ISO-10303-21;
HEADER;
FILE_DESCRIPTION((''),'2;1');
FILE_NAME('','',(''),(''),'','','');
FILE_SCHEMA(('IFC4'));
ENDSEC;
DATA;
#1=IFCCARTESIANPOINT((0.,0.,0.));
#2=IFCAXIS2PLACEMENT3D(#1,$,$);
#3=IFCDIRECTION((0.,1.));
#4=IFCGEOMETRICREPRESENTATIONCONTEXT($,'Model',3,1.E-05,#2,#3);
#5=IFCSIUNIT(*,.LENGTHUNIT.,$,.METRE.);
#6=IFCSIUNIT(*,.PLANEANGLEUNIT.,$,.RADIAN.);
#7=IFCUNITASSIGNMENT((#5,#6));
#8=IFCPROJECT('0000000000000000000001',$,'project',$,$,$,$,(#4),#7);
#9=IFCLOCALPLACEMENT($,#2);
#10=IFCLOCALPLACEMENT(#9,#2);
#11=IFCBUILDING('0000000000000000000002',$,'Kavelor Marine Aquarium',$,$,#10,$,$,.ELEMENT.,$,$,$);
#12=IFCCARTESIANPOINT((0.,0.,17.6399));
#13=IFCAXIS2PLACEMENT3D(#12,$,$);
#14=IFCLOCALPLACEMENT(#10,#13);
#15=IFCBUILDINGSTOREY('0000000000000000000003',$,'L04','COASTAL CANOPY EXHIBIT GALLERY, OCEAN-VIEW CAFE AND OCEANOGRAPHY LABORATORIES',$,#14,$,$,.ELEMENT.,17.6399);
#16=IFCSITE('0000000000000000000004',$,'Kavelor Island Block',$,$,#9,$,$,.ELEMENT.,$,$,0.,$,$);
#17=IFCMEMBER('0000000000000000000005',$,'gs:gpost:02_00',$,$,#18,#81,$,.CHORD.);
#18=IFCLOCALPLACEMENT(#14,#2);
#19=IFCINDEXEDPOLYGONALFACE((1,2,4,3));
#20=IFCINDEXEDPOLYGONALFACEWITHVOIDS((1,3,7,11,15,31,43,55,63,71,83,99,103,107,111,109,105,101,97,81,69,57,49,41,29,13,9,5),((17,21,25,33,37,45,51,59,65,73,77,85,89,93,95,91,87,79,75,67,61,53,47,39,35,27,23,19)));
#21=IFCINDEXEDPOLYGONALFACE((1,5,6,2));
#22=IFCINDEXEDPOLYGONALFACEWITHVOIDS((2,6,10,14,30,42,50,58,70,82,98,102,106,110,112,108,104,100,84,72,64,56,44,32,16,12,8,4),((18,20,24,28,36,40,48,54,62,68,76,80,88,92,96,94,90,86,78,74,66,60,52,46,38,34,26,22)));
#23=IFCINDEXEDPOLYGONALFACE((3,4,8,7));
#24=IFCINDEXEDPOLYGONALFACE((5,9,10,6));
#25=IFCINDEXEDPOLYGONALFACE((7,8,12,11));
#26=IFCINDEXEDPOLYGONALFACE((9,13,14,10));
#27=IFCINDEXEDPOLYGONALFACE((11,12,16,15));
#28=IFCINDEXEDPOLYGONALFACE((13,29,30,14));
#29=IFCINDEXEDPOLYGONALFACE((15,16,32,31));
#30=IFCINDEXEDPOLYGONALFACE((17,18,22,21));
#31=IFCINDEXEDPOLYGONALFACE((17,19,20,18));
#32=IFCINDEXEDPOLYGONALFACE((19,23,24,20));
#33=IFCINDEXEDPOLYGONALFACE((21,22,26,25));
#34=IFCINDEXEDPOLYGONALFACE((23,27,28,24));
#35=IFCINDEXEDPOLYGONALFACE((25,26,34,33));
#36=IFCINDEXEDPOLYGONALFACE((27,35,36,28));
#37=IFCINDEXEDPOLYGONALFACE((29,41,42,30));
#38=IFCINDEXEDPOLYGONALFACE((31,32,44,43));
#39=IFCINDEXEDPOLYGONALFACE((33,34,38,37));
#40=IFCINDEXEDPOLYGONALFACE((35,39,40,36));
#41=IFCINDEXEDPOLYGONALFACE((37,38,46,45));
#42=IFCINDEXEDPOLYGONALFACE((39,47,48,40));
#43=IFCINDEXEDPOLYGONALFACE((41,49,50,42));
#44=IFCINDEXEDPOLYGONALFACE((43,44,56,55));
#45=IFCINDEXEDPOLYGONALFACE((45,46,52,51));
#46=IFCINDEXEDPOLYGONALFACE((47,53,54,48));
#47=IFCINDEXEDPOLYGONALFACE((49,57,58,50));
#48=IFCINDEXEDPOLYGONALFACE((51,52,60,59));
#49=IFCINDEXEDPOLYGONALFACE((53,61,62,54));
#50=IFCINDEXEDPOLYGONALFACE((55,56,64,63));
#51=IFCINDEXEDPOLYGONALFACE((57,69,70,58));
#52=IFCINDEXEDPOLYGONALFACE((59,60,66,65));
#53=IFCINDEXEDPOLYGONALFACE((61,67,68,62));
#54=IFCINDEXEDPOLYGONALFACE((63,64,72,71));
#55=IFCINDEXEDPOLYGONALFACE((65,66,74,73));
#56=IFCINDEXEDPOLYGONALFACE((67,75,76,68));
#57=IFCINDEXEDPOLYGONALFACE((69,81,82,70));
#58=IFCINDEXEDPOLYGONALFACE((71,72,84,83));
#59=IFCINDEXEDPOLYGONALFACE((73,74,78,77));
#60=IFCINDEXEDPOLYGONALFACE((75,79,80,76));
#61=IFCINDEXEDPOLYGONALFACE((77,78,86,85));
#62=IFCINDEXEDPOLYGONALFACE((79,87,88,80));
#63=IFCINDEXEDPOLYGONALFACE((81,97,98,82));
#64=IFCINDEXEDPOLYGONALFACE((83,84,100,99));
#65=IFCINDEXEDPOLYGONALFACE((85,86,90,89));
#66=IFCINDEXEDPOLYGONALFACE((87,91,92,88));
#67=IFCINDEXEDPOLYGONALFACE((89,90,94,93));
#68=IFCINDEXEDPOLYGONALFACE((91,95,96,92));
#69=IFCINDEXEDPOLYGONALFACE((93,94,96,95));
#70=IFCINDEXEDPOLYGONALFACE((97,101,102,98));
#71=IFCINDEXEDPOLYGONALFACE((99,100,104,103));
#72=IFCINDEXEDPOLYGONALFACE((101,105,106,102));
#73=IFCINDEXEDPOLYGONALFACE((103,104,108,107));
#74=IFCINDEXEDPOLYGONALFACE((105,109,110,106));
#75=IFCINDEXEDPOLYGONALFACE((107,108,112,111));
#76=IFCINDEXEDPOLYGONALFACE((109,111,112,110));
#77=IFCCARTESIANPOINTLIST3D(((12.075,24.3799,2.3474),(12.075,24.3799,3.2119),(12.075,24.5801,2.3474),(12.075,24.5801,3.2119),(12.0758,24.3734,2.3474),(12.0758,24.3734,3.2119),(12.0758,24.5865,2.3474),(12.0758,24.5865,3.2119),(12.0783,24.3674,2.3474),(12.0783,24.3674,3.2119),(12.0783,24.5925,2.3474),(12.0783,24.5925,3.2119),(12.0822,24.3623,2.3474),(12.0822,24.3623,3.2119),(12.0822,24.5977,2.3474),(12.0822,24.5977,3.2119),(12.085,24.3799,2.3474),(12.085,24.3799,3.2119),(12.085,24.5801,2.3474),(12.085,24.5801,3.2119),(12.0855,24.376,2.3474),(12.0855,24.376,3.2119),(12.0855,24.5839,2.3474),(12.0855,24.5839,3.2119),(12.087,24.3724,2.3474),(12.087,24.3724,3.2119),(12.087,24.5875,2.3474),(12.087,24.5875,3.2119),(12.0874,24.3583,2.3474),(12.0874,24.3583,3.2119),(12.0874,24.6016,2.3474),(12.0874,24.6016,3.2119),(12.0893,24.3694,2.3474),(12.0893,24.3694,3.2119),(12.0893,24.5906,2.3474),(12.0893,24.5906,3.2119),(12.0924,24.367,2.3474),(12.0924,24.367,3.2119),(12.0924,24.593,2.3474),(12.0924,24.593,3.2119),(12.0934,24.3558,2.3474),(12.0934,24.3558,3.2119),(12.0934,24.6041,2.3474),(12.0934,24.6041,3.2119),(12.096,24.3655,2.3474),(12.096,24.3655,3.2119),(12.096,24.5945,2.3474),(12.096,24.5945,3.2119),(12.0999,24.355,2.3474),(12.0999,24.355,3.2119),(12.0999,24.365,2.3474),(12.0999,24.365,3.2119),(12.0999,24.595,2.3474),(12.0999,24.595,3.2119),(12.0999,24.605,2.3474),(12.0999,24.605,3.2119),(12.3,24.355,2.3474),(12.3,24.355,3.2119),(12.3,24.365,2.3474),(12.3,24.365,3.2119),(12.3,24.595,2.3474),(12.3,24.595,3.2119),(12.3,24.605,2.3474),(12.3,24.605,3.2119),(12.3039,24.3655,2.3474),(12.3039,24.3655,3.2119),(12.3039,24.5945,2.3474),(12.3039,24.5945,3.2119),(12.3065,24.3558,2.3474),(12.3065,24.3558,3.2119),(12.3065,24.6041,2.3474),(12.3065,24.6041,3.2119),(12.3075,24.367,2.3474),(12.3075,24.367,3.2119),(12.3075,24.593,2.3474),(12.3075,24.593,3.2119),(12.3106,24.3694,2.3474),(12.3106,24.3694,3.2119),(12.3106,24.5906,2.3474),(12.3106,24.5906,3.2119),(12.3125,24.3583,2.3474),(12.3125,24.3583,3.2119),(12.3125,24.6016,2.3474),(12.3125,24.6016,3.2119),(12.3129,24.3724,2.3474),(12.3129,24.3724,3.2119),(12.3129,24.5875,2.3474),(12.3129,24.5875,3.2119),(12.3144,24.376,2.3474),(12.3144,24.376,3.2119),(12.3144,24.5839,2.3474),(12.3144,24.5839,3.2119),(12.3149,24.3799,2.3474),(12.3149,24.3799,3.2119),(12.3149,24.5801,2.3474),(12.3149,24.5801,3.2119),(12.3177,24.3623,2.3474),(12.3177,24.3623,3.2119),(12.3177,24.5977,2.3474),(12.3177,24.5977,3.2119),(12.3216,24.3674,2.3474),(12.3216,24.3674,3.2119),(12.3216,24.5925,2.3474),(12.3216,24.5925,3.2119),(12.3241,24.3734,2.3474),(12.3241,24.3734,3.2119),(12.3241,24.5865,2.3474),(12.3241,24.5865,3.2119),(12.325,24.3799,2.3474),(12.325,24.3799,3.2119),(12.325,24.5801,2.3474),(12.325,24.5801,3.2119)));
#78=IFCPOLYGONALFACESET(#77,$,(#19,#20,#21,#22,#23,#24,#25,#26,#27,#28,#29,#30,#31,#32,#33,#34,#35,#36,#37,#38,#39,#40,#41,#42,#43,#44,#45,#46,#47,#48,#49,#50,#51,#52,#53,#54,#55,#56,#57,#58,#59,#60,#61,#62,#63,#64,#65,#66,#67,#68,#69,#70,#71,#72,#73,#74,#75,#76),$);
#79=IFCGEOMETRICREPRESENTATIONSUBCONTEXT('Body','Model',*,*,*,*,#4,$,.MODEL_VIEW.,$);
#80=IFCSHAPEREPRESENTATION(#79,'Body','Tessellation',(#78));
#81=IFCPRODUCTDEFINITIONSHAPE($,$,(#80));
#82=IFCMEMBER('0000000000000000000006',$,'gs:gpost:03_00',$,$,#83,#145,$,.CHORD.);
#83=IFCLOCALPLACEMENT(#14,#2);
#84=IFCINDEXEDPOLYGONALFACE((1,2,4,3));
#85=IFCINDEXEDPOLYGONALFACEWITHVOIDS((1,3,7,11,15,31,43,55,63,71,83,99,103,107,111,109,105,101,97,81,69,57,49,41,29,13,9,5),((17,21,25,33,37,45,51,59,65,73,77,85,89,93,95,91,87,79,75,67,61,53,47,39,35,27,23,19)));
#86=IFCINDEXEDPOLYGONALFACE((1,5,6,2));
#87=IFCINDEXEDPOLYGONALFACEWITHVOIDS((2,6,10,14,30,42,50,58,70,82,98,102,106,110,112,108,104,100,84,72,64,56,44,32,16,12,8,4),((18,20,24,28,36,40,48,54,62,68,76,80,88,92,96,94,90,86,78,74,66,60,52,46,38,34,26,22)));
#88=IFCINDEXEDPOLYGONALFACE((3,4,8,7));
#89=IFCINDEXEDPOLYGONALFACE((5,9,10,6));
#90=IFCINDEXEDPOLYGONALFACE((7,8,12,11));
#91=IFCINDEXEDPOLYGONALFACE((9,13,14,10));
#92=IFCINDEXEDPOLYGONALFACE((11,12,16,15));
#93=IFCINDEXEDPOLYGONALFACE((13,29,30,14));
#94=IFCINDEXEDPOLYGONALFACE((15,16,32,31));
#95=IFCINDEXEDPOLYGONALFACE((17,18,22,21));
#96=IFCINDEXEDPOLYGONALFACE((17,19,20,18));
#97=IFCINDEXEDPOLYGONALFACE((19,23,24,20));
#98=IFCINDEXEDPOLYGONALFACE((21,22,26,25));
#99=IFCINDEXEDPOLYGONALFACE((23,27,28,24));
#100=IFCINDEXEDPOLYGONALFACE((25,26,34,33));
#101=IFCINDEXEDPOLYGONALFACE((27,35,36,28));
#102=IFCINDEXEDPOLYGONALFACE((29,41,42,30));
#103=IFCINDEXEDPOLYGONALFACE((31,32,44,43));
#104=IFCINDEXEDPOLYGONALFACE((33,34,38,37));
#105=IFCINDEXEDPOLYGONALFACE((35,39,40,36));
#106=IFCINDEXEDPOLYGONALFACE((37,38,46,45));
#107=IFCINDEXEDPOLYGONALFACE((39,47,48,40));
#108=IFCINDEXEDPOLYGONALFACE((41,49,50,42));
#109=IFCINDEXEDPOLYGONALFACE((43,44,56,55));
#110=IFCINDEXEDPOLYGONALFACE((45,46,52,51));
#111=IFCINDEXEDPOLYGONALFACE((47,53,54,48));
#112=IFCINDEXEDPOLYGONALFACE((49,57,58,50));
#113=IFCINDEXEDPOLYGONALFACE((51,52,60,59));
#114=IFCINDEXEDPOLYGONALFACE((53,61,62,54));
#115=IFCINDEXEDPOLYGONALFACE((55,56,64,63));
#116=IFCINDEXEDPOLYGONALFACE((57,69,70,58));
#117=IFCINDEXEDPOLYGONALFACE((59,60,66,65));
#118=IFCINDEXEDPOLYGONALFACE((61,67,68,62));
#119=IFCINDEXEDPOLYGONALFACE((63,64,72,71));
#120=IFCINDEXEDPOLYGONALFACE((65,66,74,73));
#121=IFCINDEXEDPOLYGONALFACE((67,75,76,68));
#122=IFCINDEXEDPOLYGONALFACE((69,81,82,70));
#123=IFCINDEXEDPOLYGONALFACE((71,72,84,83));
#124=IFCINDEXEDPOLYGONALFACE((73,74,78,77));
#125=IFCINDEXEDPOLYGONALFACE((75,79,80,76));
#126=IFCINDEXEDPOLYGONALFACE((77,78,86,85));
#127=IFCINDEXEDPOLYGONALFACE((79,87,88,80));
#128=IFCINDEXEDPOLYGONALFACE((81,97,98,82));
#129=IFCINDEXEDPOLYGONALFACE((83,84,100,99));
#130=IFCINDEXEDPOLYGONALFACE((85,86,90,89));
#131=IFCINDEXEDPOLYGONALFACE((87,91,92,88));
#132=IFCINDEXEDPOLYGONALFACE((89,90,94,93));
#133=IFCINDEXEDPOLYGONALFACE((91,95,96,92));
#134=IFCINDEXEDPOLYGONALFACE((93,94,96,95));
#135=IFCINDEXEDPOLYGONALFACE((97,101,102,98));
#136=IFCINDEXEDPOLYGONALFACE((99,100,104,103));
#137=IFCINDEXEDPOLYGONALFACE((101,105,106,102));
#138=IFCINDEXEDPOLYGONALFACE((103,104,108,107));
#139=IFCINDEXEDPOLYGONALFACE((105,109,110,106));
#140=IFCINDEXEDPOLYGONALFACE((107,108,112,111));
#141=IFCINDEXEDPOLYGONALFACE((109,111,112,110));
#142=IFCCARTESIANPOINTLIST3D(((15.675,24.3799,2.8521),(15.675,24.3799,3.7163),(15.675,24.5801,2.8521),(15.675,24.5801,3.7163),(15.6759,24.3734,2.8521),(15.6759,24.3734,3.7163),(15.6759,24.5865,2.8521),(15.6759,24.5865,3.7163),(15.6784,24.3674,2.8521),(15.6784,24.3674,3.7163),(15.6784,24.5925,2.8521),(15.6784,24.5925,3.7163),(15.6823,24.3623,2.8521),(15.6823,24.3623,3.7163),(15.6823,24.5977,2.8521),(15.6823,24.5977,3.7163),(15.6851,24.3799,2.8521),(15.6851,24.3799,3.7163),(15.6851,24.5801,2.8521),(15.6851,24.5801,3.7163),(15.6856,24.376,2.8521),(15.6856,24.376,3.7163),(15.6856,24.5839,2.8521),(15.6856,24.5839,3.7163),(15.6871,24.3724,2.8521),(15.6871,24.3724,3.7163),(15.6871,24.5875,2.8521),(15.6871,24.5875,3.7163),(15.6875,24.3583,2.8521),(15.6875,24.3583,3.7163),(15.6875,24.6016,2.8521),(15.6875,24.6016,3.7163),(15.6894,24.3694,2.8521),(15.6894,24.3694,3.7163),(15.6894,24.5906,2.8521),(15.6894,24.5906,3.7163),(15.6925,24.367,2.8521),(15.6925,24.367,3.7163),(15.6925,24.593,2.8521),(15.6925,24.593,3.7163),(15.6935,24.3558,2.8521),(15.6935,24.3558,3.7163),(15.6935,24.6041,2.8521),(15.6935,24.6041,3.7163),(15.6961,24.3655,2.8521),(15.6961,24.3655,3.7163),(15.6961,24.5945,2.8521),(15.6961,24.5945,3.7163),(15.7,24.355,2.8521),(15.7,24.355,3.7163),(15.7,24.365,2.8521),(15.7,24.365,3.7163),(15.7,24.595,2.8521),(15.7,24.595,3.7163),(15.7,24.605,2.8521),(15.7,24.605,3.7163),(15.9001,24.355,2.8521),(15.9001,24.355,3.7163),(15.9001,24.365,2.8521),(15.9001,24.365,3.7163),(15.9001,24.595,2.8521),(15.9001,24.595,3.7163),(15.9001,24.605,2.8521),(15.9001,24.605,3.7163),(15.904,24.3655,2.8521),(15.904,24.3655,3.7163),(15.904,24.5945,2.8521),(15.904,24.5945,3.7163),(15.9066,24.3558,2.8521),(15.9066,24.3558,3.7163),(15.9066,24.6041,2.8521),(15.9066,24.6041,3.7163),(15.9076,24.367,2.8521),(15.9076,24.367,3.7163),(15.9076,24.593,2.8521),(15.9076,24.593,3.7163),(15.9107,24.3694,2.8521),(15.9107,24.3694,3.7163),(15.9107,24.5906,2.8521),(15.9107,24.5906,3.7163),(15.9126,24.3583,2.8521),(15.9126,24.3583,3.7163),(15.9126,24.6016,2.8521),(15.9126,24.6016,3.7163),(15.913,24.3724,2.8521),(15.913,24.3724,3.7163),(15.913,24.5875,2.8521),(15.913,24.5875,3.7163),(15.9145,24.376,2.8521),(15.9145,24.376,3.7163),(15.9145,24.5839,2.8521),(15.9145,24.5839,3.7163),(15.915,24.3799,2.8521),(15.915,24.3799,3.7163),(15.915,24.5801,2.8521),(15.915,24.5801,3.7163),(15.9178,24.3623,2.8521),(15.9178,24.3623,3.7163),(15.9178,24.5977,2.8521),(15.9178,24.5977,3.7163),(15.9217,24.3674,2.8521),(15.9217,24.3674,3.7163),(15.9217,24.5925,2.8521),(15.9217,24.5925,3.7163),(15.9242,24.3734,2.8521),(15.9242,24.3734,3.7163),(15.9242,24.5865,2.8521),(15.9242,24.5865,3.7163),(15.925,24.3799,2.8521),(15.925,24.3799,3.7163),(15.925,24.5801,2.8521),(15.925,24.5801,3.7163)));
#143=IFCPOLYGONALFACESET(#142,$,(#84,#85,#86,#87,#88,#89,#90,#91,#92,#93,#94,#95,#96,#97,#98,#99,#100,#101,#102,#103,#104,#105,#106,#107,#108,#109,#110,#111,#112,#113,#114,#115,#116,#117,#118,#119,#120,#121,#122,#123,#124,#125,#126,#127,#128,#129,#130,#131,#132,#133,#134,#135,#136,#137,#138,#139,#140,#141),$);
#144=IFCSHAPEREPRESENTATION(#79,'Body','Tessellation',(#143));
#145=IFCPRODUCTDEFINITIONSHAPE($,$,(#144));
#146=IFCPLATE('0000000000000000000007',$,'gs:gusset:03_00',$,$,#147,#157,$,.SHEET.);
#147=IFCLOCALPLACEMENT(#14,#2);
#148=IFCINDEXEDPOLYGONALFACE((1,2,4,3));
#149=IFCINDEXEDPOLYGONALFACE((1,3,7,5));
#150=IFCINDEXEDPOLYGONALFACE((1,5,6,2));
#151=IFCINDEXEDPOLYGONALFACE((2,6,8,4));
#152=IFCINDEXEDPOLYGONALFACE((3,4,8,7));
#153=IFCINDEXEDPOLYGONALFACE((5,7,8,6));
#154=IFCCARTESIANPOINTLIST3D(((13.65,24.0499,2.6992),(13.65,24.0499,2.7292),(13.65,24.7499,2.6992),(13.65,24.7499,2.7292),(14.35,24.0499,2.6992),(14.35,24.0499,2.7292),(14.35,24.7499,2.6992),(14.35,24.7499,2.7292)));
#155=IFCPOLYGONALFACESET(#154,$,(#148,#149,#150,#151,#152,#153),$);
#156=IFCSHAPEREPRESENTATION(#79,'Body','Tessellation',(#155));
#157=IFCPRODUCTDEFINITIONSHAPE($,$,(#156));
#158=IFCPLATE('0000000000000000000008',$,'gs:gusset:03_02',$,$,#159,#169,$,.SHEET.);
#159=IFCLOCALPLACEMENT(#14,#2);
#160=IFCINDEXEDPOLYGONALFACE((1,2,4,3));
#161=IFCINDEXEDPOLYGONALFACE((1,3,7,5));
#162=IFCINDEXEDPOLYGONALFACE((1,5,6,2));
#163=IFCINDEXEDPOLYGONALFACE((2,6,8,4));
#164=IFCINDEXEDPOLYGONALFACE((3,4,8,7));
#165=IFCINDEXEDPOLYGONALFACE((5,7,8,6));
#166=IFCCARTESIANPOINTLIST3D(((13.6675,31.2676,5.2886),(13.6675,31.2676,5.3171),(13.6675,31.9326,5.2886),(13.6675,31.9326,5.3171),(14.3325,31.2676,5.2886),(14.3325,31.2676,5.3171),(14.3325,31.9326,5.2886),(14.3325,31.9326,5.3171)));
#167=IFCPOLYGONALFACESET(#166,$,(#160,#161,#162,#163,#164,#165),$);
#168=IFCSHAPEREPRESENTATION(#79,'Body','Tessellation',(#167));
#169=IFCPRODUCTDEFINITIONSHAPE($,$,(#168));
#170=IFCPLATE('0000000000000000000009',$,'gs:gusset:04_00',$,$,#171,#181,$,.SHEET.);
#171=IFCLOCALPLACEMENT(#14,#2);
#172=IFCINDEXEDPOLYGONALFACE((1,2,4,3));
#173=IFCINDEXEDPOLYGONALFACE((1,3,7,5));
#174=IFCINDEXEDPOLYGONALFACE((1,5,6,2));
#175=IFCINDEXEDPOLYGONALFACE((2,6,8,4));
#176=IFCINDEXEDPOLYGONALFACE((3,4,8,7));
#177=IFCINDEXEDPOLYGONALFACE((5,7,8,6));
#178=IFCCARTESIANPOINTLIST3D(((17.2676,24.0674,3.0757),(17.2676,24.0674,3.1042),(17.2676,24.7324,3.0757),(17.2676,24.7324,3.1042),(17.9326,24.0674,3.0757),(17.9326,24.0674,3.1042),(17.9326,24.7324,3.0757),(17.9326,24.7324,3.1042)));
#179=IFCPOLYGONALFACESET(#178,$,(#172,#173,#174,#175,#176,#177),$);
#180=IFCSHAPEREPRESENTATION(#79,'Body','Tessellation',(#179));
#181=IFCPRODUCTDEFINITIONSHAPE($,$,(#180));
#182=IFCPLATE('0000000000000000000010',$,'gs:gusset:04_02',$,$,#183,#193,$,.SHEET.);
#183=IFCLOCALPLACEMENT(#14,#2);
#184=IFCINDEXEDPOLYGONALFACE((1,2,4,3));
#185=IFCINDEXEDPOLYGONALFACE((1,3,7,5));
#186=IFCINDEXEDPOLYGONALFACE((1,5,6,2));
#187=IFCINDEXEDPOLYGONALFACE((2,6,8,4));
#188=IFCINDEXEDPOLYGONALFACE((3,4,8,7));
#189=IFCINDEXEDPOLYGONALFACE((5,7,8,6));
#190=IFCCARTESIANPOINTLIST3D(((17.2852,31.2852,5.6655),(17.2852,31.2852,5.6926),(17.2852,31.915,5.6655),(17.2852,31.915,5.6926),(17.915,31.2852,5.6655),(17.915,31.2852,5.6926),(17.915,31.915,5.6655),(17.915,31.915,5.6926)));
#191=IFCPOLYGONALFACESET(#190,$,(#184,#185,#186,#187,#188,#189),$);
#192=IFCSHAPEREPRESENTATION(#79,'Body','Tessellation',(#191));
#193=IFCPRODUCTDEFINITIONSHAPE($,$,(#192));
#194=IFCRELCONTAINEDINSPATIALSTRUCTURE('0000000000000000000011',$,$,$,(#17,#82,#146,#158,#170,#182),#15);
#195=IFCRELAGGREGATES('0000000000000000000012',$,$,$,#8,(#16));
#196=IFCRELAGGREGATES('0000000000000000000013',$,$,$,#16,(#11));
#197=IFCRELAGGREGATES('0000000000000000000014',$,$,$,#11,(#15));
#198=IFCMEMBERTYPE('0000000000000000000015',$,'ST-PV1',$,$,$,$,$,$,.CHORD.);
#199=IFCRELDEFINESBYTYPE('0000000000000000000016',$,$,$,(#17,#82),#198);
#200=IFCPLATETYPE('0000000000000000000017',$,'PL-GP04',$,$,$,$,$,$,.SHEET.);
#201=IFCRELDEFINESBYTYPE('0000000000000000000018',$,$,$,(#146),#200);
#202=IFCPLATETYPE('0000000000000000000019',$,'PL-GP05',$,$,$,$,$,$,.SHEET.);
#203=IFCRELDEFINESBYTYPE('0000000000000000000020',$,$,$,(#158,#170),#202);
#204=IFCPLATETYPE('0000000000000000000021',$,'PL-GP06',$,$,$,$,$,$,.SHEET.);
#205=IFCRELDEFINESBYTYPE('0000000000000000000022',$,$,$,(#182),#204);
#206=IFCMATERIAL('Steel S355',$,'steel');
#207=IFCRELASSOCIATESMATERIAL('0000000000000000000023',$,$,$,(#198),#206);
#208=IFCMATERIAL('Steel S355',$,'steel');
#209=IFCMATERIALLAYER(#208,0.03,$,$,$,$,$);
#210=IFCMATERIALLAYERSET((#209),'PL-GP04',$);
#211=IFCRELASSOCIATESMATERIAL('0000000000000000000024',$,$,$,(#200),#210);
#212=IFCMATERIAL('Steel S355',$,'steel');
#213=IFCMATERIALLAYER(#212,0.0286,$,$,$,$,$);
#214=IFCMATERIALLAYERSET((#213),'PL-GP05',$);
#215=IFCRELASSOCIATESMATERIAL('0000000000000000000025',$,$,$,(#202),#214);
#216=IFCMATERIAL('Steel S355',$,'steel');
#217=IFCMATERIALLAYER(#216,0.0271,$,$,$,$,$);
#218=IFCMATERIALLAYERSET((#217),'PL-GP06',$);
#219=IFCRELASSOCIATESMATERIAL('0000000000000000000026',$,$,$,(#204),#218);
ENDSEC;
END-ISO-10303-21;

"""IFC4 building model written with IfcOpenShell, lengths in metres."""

from ifc_helpers import new_model, si_unit, direction, frame, origin, origin_2d, place, context, subcontext, project, spatial, rectangle, hollow_rectangle, extrude, material, layer, layer_set, material_profile, profile_set, type_object, element, save


model = new_model("IFC4")

# Units and contexts
model_context = context("Model", 3, precision=1e-05, world=origin(), true_north=direction((0.0, 1.0)))
body_context = subcontext(model_context, "Body", "Model", "MODEL_VIEW")
ifc_project = project(units=[si_unit("LENGTHUNIT", "METRE"), si_unit("PLANEANGLEUNIT", "RADIAN")], contexts=[model_context])

# Site, building, storey
site_placement = place(None, origin())
site = spatial("IfcSite", under=ifc_project, at=site_placement, Name="Kavelor Island Block", CompositionType="ELEMENT", RefElevation=0.0)
building_placement = place(site_placement, origin())
building = spatial("IfcBuilding", under=site, at=building_placement, Name="Kavelor Marine Aquarium", CompositionType="ELEMENT")
storey_placement = place(building_placement, frame((0.0, 0.0, 17.6399)))
storey = spatial("IfcBuildingStorey", under=building, at=storey_placement, Name="L04", Description="COASTAL CANOPY EXHIBIT GALLERY, OCEAN-VIEW CAFE AND OCEANOGRAPHY LABORATORIES", CompositionType="ELEMENT", Elevation=17.6399)

# Members
ifc_material_1 = material(Name="Steel S355", Category="steel")
ifc_material_profile_1 = material_profile(ifc_material_1, hollow_rectangle(XDim=0.25, YDim=0.25, WallThickness=0.01, InnerFilletRadius=0.0149, OuterFilletRadius=0.0249, at=origin_2d()), Name="SHS 250x250x10.0")
ifc_profile_set_1 = profile_set([ifc_material_profile_1], Name="Steel S355")
member_type_1 = type_object("IfcMemberType", Name="ST-PV1", PredefinedType="CHORD", material=ifc_profile_set_1)
member_1_placement = place(storey_placement, frame((12.2, 24.48, 2.3474), z_axis=(0.0, 0.0, 1.0), x_axis=(1.0, 0.0, 0.0)))
element("IfcMember", 1, at=member_1_placement, inside=storey, type_object=member_type_1, Name="gs:gpost:02_00", PredefinedType="CHORD", context=body_context, shape_type="SweptSolid", body=[
    extrude(hollow_rectangle(XDim=0.25, YDim=0.25, WallThickness=0.01, InnerFilletRadius=0.0149, OuterFilletRadius=0.0249, at=origin_2d()), origin(), (0.0, 0.0, 1.0), 0.8645),
])
member_2_placement = place(storey_placement, frame((15.8, 24.48, 2.8521), z_axis=(0.0, 0.0, 1.0), x_axis=(1.0, 0.0, 0.0)))
element("IfcMember", 2, at=member_2_placement, inside=storey, type_object=member_type_1, Name="gs:gpost:03_00", PredefinedType="CHORD", context=body_context, shape_type="SweptSolid", body=[
    extrude(hollow_rectangle(XDim=0.25, YDim=0.25, WallThickness=0.01, InnerFilletRadius=0.0149, OuterFilletRadius=0.0249, at=origin_2d()), origin(), (0.0, 0.0, 1.0), 0.8643),
])

# Plates
ifc_material_2 = material(Name="Steel S355", Category="steel")
ifc_layer_1 = layer(ifc_material_2, 0.03)
ifc_layer_set_1 = layer_set([ifc_layer_1], Name="PL-GP04")
plate_type_1 = type_object("IfcPlateType", Name="PL-GP04", PredefinedType="SHEET", material=ifc_layer_set_1)
plate_1_placement = place(storey_placement, frame((14.0, 24.3999, 2.6992), z_axis=(0.0, 0.0, 1.0), x_axis=(1.0, 0.0, 0.0)))
element("IfcPlate", 3, at=plate_1_placement, inside=storey, type_object=plate_type_1, Name="gs:gusset:03_00", PredefinedType="SHEET", context=body_context, shape_type="SweptSolid", body=[
    extrude(rectangle(XDim=0.7, YDim=0.7, at=origin_2d()), origin(), (0.0, 0.0, 1.0), 0.03),
])
ifc_material_3 = material(Name="Steel S355", Category="steel")
ifc_layer_2 = layer(ifc_material_3, 0.0286)
ifc_layer_set_2 = layer_set([ifc_layer_2], Name="PL-GP05")
plate_type_2 = type_object("IfcPlateType", Name="PL-GP05", PredefinedType="SHEET", material=ifc_layer_set_2)
for number, where, z_axis, x_axis, name in (
    (4, (14.0, 31.6001, 5.2886), (0.0, 0.0, 1.0), (1.0, 0.0, 0.0), "gs:gusset:03_02"),
    (5, (17.6001, 24.3999, 3.0757), (0.0, 0.0, 1.0), (1.0, 0.0, 0.0), "gs:gusset:04_00"),
):
    element("IfcPlate", number, at=place(storey_placement, frame(where, z_axis=z_axis, x_axis=x_axis)), inside=storey, type_object=plate_type_2, Name=name, PredefinedType="SHEET", context=body_context, shape_type="SweptSolid", body=[
        extrude(rectangle(XDim=0.665, YDim=0.665, at=origin_2d()), origin(), (0.0, 0.0, 1.0), 0.0286),
    ])
ifc_material_4 = material(Name="Steel S355", Category="steel")
ifc_layer_3 = layer(ifc_material_4, 0.0271)
ifc_layer_set_3 = layer_set([ifc_layer_3], Name="PL-GP06")
plate_type_3 = type_object("IfcPlateType", Name="PL-GP06", PredefinedType="SHEET", material=ifc_layer_set_3)
plate_2_placement = place(storey_placement, frame((17.6001, 31.6001, 5.6655), z_axis=(0.0, 0.0, 1.0), x_axis=(1.0, 0.0, 0.0)))
element("IfcPlate", 6, at=plate_2_placement, inside=storey, type_object=plate_type_3, Name="gs:gusset:04_02", PredefinedType="SHEET", context=body_context, shape_type="SweptSolid", body=[
    extrude(rectangle(XDim=0.6299, YDim=0.6299, at=origin_2d()), origin(), (0.0, 0.0, 1.0), 0.0271),
])

save(model, "model.ifc")
